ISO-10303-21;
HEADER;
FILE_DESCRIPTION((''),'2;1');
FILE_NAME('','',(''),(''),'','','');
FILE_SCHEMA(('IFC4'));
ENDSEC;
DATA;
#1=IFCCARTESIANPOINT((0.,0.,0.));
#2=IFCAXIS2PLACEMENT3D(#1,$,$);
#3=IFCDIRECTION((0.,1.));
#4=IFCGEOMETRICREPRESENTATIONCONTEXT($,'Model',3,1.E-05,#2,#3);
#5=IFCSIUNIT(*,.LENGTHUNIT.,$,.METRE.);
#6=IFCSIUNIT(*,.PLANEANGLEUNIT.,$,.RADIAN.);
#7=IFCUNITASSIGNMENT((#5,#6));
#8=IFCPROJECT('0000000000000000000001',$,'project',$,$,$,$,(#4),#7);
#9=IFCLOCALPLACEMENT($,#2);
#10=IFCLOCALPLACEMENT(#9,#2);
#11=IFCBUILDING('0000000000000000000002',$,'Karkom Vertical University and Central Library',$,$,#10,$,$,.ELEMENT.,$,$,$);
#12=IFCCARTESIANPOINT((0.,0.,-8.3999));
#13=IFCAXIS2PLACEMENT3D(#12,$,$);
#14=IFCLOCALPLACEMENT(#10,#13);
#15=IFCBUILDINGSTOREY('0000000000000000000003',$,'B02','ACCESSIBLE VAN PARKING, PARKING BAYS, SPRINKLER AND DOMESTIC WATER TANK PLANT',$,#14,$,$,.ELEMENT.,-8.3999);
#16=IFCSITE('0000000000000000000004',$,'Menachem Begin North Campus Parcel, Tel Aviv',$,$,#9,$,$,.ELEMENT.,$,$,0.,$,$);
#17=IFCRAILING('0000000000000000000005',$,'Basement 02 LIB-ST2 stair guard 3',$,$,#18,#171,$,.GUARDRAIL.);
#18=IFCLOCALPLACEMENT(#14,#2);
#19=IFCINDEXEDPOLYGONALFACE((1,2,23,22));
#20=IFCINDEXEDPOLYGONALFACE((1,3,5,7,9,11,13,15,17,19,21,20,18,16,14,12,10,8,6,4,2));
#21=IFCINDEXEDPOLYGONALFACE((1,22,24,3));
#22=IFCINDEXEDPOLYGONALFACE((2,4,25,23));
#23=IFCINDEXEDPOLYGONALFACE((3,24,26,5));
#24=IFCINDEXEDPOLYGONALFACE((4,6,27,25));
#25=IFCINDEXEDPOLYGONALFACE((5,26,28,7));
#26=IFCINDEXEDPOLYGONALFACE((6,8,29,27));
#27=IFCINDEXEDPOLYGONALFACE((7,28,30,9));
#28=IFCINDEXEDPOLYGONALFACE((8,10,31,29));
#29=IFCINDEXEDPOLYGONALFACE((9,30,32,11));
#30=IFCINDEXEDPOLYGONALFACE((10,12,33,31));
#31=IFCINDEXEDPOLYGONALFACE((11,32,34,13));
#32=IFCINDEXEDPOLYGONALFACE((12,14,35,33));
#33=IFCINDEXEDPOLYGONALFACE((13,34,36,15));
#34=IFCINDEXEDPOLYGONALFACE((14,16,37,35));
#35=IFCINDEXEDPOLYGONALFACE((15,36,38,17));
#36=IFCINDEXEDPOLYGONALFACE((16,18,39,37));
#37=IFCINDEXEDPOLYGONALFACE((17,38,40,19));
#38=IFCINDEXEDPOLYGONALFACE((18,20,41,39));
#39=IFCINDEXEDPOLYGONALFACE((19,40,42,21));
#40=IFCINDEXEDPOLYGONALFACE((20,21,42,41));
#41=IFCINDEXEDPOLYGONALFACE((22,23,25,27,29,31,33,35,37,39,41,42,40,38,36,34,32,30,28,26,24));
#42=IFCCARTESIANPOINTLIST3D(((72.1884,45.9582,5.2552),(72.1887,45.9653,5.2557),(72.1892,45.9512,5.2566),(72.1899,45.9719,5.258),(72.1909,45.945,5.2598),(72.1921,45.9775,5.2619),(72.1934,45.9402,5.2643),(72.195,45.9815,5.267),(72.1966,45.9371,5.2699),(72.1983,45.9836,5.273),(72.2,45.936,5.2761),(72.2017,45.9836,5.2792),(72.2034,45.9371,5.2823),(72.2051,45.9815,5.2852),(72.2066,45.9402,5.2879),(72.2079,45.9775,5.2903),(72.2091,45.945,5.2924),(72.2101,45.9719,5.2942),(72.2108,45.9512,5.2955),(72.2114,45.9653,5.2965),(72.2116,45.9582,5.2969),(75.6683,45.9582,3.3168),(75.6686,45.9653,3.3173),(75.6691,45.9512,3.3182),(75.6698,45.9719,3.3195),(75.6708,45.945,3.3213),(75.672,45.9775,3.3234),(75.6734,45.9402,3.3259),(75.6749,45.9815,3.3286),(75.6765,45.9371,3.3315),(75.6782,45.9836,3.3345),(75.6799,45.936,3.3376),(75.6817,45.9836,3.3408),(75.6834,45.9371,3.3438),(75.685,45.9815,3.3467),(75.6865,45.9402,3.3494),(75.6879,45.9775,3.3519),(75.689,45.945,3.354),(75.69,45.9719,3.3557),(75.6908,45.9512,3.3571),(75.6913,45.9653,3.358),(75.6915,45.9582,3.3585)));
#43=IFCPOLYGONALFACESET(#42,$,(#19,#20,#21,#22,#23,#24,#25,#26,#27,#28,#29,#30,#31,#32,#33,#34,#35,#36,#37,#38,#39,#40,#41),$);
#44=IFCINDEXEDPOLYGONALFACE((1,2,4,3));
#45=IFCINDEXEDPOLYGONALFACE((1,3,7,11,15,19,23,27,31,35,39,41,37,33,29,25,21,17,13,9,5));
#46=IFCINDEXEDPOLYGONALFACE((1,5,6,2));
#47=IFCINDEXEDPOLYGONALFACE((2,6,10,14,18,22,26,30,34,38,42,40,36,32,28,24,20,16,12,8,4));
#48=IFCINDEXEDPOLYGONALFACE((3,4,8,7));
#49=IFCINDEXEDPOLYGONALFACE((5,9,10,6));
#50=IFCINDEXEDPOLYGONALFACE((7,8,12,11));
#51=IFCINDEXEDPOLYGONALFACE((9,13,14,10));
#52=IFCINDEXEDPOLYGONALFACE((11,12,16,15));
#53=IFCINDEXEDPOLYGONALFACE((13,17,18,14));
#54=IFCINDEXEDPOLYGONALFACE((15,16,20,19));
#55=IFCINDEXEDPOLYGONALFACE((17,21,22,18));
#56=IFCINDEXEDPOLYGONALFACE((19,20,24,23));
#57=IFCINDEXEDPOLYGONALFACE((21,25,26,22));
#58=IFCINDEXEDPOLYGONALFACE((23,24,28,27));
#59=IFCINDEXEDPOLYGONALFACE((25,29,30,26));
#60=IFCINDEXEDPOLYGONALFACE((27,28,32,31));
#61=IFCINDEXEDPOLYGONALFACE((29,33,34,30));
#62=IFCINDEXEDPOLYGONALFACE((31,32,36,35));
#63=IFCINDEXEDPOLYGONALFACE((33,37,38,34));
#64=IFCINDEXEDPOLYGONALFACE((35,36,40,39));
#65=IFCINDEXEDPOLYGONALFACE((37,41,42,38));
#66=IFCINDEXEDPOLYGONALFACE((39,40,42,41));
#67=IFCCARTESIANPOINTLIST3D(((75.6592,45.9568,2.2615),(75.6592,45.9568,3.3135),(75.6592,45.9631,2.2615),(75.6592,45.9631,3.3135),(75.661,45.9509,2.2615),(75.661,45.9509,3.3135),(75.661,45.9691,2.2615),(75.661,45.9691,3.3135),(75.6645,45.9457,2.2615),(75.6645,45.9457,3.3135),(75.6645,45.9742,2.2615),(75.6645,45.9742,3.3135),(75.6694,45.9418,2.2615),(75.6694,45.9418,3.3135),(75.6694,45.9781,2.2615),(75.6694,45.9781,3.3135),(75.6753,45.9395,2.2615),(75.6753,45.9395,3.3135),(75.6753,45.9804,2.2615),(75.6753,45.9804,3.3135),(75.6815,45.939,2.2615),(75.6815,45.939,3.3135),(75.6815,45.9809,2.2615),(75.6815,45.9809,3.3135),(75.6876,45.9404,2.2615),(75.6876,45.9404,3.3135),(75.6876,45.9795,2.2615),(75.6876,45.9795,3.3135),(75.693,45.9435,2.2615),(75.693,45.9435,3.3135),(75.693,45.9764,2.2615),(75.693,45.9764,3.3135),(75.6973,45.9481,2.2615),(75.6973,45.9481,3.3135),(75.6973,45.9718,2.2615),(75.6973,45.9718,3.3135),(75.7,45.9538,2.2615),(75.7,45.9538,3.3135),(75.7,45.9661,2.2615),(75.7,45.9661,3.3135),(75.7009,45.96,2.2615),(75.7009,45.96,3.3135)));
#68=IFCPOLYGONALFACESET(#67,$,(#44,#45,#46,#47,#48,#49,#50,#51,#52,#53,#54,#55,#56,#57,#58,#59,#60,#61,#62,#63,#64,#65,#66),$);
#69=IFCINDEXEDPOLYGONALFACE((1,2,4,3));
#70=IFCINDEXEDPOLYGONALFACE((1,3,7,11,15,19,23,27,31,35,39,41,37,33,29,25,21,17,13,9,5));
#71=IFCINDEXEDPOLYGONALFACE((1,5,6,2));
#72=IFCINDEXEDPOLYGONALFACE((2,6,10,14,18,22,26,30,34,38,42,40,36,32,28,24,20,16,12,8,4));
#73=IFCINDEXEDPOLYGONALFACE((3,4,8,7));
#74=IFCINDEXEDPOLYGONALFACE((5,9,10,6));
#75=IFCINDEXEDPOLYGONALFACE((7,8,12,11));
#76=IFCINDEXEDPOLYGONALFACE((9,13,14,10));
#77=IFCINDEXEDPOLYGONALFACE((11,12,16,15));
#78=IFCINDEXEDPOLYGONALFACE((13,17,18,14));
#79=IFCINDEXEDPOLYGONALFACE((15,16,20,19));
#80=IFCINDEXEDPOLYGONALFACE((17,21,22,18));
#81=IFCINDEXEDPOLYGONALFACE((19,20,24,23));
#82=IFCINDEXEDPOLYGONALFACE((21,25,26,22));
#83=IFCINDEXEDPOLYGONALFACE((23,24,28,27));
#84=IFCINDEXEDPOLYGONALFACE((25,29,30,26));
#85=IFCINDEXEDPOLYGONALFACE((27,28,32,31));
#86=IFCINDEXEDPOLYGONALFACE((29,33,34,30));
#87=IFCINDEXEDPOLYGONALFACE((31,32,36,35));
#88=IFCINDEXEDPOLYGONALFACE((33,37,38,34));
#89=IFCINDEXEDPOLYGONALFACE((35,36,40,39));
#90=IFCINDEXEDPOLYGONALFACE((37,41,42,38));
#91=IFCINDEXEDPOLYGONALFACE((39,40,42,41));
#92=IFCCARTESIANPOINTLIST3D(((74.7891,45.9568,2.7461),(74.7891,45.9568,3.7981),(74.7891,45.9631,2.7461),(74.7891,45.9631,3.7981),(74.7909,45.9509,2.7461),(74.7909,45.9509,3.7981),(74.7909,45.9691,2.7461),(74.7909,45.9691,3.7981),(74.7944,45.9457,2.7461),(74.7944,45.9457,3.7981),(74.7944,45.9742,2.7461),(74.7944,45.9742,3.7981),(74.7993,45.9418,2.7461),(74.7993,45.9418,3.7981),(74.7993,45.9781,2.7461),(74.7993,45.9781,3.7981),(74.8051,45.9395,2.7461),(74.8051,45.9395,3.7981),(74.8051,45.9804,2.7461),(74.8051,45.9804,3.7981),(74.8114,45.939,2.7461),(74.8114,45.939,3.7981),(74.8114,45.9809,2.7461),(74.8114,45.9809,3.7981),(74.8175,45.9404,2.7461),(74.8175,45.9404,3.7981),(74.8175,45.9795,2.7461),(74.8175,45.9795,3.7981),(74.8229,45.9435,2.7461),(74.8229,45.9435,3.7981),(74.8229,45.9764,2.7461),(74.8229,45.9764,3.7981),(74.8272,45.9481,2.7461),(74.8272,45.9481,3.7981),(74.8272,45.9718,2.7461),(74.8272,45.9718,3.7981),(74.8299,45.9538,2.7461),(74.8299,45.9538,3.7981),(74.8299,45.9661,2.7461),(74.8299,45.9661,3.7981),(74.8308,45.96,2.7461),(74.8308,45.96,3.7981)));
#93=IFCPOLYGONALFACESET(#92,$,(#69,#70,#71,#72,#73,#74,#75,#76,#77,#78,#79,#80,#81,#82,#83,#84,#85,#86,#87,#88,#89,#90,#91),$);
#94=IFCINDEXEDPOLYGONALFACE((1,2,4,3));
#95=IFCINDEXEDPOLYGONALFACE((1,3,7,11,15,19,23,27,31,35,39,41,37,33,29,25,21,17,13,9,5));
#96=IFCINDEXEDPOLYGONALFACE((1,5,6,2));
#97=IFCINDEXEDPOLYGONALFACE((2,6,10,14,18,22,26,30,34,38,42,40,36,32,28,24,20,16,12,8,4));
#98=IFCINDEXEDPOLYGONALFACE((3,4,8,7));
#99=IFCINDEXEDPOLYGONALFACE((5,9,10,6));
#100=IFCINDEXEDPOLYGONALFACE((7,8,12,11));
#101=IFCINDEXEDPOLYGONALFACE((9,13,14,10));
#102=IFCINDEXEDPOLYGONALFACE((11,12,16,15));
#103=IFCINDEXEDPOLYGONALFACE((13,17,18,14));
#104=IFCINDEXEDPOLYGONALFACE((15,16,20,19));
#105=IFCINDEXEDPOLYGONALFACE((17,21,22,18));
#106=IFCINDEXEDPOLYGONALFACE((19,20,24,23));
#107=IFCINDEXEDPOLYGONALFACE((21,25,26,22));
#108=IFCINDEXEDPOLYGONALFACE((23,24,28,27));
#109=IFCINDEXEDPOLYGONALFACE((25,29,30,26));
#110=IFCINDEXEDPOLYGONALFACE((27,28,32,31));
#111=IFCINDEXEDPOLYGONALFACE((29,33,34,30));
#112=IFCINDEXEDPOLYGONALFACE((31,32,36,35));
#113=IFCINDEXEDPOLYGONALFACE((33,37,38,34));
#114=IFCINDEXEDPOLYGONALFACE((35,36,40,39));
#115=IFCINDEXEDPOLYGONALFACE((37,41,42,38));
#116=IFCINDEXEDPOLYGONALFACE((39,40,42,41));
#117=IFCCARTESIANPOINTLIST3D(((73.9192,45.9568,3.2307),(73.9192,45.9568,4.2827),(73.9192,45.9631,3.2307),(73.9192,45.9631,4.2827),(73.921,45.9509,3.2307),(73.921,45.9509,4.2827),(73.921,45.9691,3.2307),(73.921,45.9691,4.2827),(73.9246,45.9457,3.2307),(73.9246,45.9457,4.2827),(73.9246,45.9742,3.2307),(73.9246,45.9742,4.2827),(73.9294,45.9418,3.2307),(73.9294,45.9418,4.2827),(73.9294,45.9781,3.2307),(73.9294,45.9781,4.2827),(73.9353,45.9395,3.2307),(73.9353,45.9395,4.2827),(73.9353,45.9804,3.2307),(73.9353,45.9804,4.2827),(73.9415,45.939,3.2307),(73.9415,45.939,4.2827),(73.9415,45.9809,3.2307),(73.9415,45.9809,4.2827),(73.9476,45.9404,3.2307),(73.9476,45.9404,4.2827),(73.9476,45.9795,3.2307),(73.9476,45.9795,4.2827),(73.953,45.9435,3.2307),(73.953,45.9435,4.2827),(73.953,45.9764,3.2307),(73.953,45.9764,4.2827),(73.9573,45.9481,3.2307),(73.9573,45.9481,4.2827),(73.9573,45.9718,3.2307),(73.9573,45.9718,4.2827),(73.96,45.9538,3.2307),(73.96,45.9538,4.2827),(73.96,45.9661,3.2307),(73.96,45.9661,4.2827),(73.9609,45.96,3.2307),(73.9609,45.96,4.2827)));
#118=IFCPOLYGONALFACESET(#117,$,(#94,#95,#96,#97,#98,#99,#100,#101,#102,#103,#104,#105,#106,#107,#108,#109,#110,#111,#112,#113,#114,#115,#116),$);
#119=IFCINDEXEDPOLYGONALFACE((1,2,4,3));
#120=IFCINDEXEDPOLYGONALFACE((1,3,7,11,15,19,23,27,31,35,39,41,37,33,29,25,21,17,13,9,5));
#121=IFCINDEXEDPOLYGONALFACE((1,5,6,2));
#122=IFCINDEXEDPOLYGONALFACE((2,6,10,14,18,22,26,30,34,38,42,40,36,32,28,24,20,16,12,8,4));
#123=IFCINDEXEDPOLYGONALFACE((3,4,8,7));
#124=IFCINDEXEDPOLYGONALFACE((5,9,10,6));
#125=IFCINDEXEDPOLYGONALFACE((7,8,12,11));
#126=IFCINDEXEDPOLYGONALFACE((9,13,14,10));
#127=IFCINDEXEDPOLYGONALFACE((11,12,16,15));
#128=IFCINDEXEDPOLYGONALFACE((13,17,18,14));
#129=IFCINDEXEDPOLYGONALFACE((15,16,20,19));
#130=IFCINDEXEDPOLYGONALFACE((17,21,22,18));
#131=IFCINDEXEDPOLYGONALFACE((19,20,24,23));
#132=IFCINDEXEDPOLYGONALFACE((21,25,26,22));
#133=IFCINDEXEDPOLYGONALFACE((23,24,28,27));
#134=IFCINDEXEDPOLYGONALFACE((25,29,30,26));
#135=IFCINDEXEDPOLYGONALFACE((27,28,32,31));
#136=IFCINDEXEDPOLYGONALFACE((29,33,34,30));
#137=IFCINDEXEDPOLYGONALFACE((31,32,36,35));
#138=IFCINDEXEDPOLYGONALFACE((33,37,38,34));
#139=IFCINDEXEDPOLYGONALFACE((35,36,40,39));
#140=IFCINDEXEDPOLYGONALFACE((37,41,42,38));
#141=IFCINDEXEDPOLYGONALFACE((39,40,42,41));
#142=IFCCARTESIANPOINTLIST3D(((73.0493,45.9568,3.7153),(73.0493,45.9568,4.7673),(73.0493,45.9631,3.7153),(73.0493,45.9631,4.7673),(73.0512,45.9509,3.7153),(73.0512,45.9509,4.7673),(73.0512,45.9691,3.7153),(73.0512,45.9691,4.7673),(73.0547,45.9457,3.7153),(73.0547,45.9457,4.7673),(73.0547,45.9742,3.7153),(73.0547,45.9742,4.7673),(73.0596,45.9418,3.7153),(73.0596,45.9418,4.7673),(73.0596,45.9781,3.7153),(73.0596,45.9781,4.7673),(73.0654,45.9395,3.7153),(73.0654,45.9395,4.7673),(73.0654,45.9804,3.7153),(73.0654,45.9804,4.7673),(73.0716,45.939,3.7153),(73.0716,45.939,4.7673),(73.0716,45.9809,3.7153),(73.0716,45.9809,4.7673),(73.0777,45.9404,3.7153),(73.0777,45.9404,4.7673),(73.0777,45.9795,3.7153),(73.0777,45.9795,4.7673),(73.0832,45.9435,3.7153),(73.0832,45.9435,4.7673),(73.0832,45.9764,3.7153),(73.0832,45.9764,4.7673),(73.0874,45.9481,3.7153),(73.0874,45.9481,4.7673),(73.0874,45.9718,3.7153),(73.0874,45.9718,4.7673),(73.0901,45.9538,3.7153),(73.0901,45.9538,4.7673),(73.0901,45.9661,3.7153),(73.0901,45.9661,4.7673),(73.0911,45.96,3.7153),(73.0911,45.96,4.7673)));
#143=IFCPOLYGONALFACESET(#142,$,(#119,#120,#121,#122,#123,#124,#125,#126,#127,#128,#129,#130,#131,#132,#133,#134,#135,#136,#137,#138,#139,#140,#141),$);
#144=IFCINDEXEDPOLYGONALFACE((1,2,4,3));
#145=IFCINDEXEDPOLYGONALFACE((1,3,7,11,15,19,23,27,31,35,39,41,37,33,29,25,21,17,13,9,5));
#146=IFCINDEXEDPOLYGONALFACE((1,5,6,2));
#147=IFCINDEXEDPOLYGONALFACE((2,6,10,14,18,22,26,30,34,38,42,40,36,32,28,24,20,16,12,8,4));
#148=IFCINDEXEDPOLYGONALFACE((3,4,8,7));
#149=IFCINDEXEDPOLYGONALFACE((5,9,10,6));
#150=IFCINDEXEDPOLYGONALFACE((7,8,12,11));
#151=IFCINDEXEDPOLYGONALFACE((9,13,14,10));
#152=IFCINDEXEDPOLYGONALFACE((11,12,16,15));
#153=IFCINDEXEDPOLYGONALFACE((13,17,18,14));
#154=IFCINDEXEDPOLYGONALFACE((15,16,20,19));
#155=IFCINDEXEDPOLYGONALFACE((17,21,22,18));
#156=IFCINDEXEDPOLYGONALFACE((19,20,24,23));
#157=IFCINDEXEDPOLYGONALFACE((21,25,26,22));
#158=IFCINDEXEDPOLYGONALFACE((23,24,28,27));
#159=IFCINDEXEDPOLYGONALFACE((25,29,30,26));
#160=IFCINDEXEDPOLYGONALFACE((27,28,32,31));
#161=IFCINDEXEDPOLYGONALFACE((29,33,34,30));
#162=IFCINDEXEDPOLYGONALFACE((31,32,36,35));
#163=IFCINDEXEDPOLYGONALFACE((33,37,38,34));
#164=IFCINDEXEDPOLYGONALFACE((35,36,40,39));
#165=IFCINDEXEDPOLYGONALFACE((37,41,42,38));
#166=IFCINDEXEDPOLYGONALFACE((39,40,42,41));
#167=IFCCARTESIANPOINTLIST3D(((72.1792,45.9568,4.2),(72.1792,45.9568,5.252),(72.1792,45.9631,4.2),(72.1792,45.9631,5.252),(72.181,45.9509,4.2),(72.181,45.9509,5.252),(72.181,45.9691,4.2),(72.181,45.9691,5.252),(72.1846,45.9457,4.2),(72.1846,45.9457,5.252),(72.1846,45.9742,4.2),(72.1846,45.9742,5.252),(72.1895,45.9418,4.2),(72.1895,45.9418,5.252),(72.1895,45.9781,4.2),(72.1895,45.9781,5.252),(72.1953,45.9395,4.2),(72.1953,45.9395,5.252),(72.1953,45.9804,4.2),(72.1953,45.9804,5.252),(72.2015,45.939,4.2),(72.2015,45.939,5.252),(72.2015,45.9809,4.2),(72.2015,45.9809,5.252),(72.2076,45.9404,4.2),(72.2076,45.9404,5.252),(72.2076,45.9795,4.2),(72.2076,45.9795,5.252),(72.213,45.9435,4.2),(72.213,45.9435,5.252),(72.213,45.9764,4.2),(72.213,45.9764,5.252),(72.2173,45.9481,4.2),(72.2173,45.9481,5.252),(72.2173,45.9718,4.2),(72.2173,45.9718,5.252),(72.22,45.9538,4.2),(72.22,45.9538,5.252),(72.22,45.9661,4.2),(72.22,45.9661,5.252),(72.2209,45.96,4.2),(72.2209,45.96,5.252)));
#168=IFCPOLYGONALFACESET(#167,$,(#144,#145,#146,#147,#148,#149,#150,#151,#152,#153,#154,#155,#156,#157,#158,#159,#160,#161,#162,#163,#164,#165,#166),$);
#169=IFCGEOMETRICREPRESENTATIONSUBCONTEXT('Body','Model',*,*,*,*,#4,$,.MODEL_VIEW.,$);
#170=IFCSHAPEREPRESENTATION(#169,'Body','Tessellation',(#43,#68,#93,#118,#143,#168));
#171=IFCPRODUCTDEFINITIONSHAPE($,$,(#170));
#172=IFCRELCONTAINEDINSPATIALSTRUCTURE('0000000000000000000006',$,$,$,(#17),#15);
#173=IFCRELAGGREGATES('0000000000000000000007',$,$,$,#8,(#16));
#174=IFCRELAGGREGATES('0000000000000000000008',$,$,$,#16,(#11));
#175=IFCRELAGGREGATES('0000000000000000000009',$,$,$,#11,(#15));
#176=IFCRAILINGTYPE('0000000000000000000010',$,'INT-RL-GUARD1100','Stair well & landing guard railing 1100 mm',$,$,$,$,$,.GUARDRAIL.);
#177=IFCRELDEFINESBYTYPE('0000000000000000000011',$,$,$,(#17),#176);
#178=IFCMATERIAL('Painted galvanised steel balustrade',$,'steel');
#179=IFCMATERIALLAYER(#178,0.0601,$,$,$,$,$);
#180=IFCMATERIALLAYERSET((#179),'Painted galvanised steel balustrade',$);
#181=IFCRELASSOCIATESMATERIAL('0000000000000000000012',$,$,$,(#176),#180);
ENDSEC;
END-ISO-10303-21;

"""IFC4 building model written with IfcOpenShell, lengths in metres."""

from ifc_helpers import new_model, si_unit, direction, frame, origin, origin_2d, place, context, subcontext, project, spatial, circle, extrude, material, layer, layer_set, type_object, element, save


model = new_model("IFC4")

# Units and contexts
model_context = context("Model", 3, precision=1e-05, world=origin(), true_north=direction((0.0, 1.0)))
body_context = subcontext(model_context, "Body", "Model", "MODEL_VIEW")
ifc_project = project(units=[si_unit("LENGTHUNIT", "METRE"), si_unit("PLANEANGLEUNIT", "RADIAN")], contexts=[model_context])

# Site, building, storey
site_placement = place(None, origin())
site = spatial("IfcSite", under=ifc_project, at=site_placement, Name="Menachem Begin North Campus Parcel, Tel Aviv", CompositionType="ELEMENT", RefElevation=0.0)
building_placement = place(site_placement, origin())
building = spatial("IfcBuilding", under=site, at=building_placement, Name="Karkom Vertical University and Central Library", CompositionType="ELEMENT")
storey_placement = place(building_placement, frame((0.0, 0.0, -8.3999)))
storey = spatial("IfcBuildingStorey", under=building, at=storey_placement, Name="B02", Description="ACCESSIBLE VAN PARKING, PARKING BAYS, SPRINKLER AND DOMESTIC WATER TANK PLANT", CompositionType="ELEMENT", Elevation=-8.3999)

# Railing
ifc_material_1 = material(Name="Painted galvanised steel balustrade", Category="steel")
ifc_layer_1 = layer(ifc_material_1, 0.0601)
ifc_layer_set_1 = layer_set([ifc_layer_1], Name="Painted galvanised steel balustrade")
railing_type_1 = type_object("IfcRailingType", Name="INT-RL-GUARD1100", Description="Stair well & landing guard railing 1100 mm", PredefinedType="GUARDRAIL", material=ifc_layer_set_1)
railing_1_placement = place(storey_placement, frame((75.6799, 45.96, 2.2615)))
element("IfcRailing", 1, at=railing_1_placement, inside=storey, type_object=railing_type_1, Name="Basement 02 LIB-ST2 stair guard 3", PredefinedType="GUARDRAIL", context=body_context, shape_type="SweptSolid", body=[
    extrude(circle(Radius=0.0239, at=origin_2d()), frame((0.0, 0.0, 1.0762), z_axis=(-0.873607, 0.0, 0.486631), x_axis=(0.0, -1.0, 0.0)), (0.0, 0.0, 1.0), 3.9834),
    extrude(circle(Radius=0.021, at=origin_2d()), origin(), (0.0, 0.0, 1.0), 1.052),
    extrude(circle(Radius=0.021, at=origin_2d()), frame((-0.8701, 0.0, 0.4846)), (0.0, 0.0, 1.0), 1.052),
    extrude(circle(Radius=0.021, at=origin_2d()), frame((-1.74, 0.0, 0.9692)), (0.0, 0.0, 1.0), 1.052),
    extrude(circle(Radius=0.021, at=origin_2d()), frame((-2.6099, 0.0, 1.4539)), (0.0, 0.0, 1.0), 1.052),
    extrude(circle(Radius=0.021, at=origin_2d()), frame((-3.48, 0.0, 1.9385)), (0.0, 0.0, 1.0), 1.052),
])

save(model, "model.ifc")
